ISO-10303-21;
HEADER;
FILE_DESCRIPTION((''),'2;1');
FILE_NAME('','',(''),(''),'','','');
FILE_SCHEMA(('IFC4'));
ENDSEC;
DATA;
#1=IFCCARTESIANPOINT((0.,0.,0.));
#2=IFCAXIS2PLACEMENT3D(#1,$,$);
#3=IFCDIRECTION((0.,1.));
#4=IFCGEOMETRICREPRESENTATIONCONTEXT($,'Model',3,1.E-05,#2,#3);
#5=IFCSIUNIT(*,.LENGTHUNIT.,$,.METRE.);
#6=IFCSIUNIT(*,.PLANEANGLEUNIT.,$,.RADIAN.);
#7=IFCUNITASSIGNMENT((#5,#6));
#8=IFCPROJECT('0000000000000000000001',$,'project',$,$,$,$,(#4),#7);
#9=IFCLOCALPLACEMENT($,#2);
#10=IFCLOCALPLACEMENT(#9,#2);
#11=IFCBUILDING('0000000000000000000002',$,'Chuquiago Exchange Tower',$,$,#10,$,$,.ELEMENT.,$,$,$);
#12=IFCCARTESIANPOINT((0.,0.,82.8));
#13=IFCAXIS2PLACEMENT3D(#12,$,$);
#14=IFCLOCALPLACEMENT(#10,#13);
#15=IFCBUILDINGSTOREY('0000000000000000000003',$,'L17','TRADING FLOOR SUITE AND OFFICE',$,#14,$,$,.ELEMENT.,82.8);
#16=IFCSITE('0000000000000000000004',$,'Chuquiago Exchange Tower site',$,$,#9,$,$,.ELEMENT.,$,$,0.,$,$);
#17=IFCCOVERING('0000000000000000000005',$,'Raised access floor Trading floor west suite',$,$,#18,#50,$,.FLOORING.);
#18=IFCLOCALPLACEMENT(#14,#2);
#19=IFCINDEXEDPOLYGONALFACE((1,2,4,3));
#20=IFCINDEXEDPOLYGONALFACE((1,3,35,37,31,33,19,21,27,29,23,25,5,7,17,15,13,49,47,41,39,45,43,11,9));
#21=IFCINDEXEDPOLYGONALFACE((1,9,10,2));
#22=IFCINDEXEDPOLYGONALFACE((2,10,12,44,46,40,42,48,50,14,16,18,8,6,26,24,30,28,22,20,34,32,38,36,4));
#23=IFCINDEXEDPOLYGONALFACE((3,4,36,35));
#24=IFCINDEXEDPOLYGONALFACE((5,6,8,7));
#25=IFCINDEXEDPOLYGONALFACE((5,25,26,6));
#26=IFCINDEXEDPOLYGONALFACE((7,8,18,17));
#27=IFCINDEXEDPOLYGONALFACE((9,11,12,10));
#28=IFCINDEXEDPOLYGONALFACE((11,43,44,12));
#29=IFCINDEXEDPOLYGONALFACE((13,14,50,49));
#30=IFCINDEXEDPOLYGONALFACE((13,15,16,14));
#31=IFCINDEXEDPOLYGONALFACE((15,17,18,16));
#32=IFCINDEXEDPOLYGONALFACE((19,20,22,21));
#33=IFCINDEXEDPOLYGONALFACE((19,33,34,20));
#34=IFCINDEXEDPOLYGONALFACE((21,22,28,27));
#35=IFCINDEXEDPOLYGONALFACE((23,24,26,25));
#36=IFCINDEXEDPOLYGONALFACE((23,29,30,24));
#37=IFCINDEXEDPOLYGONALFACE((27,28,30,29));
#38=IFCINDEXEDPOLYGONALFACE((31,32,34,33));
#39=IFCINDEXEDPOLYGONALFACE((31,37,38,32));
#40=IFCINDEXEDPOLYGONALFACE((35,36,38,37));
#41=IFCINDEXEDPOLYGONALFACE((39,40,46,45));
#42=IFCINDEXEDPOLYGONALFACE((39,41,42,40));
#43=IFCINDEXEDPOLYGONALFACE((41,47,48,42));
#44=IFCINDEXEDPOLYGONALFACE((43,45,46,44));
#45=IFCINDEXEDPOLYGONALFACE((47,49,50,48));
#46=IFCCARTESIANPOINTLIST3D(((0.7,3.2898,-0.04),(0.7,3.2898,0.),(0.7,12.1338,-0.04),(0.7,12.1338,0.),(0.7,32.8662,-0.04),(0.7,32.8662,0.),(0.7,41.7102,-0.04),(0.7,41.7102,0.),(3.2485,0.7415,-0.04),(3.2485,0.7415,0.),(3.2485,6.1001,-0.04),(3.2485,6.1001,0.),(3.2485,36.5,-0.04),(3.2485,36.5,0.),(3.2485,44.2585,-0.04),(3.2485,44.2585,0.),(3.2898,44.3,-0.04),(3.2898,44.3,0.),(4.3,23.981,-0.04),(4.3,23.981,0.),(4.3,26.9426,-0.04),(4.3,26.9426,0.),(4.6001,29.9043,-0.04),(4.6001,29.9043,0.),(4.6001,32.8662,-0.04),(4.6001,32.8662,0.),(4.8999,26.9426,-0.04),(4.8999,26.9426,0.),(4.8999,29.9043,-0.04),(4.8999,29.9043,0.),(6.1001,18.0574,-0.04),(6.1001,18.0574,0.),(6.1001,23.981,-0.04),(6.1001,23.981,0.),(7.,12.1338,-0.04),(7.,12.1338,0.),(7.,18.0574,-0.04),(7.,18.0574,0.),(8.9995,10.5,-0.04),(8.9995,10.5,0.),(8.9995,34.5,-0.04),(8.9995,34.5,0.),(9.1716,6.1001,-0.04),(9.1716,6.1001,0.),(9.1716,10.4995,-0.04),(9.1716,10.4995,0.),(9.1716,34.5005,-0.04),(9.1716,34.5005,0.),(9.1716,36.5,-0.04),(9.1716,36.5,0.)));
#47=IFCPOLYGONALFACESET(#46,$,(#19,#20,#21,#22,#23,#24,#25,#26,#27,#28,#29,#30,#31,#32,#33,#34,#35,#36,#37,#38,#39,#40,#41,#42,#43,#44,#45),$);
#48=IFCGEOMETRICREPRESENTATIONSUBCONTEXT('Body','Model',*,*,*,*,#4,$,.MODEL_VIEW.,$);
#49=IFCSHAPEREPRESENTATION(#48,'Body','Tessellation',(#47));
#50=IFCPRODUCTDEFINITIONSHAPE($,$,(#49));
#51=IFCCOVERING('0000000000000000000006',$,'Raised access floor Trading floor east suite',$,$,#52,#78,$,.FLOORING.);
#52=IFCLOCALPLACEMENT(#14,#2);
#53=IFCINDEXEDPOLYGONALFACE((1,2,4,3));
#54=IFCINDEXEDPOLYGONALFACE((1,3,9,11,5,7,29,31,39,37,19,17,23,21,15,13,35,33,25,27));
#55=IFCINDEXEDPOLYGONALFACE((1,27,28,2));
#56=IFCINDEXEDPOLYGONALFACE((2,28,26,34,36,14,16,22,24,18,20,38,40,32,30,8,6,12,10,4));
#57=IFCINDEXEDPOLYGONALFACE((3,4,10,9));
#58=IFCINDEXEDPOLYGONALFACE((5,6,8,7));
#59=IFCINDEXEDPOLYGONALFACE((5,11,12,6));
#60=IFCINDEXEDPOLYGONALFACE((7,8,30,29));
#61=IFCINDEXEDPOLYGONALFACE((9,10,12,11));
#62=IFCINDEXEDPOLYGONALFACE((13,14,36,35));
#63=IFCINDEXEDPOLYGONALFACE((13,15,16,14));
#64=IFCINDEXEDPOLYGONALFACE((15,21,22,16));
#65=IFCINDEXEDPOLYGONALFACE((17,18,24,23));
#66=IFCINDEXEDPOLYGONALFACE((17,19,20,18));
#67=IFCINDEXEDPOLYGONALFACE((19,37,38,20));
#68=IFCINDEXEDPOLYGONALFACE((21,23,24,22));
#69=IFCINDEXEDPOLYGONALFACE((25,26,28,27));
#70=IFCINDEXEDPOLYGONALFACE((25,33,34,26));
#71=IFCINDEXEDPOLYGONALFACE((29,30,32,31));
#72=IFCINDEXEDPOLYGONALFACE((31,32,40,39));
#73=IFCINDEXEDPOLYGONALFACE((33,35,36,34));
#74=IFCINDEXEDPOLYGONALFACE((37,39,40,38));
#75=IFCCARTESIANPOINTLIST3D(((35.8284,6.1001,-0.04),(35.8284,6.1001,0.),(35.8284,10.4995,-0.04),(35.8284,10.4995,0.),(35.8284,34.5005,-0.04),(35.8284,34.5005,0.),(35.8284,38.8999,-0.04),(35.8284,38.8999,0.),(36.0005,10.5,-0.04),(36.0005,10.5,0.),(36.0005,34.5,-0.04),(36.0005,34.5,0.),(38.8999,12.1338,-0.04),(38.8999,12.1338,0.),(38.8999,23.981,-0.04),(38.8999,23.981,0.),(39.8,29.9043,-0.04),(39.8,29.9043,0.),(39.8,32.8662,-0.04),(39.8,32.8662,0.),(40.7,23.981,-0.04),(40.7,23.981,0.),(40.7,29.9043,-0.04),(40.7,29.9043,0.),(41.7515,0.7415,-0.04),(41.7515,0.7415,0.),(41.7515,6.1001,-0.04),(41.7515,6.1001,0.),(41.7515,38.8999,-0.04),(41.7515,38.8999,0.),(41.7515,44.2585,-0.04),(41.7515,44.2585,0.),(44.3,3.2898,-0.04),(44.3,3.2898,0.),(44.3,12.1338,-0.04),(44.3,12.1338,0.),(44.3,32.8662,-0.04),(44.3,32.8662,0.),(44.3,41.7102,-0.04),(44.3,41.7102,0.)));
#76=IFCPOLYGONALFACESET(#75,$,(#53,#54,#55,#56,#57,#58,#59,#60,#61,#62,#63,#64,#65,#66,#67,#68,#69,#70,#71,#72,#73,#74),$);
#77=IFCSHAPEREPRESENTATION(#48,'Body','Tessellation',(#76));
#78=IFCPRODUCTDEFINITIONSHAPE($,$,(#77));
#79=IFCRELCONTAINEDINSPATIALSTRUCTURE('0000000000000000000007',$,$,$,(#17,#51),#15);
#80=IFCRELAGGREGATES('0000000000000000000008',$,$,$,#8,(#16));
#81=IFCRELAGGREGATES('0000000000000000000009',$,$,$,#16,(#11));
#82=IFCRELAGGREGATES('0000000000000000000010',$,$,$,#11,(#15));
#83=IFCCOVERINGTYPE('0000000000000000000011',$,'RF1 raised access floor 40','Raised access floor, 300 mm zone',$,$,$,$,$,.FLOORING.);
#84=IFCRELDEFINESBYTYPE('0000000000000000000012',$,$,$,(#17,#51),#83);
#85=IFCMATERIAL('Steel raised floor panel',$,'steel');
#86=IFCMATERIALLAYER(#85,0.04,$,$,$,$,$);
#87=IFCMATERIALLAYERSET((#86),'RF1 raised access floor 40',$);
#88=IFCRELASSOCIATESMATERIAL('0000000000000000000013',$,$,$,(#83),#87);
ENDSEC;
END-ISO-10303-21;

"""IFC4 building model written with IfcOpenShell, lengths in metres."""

from ifc_helpers import new_model, si_unit, direction, frame, origin, place, context, subcontext, project, spatial, polyline, outline, extrude, material, layer, layer_set, type_object, element, save


model = new_model("IFC4")

# Units and contexts
model_context = context("Model", 3, precision=1e-05, world=origin(), true_north=direction((0.0, 1.0)))
body_context = subcontext(model_context, "Body", "Model", "MODEL_VIEW")
ifc_project = project(units=[si_unit("LENGTHUNIT", "METRE"), si_unit("PLANEANGLEUNIT", "RADIAN")], contexts=[model_context])

# Site, building, storey
site_placement = place(None, origin())
site = spatial("IfcSite", under=ifc_project, at=site_placement, Name="Chuquiago Exchange Tower site", CompositionType="ELEMENT", RefElevation=0.0)
building_placement = place(site_placement, origin())
building = spatial("IfcBuilding", under=site, at=building_placement, Name="Chuquiago Exchange Tower", CompositionType="ELEMENT")
storey_placement = place(building_placement, frame((0.0, 0.0, 82.8)))
storey = spatial("IfcBuildingStorey", under=building, at=storey_placement, Name="L17", Description="TRADING FLOOR SUITE AND OFFICE", CompositionType="ELEMENT", Elevation=82.8)

# Coverings
ifc_material_1 = material(Name="Steel raised floor panel", Category="steel")
ifc_layer_1 = layer(ifc_material_1, 0.04)
ifc_layer_set_1 = layer_set([ifc_layer_1], Name="RF1 raised access floor 40")
covering_type_1 = type_object("IfcCoveringType", Name="RF1 raised access floor 40", Description="Raised access floor, 300 mm zone", PredefinedType="FLOORING", material=ifc_layer_set_1)
covering_1_placement = place(storey_placement, frame((0.0, 0.0, -0.04)))
element("IfcCovering", 1, at=covering_1_placement, inside=storey, type_object=covering_type_1, Name="Raised access floor Trading floor west suite", PredefinedType="FLOORING", context=body_context, shape_type="SweptSolid", body=[
    extrude(outline(polyline([(7.0, 18.0574), (6.1001, 18.0574), (6.1001, 23.981), (4.3, 23.981), (4.3, 26.9426), (4.8999, 26.9426), (4.8999, 29.9043), (4.6001, 29.9043), (4.6001, 32.8662), (0.7, 32.8662), (0.7, 41.7102), (3.2898, 44.3), (3.2485, 44.2585), (3.2485, 36.5), (9.1716, 36.5), (9.1716, 34.5005), (8.9995, 34.5), (8.9995, 10.5), (9.1716, 10.4995), (9.1716, 6.1001), (3.2485, 6.1001), (3.2485, 0.7415), (0.7, 3.2898), (0.7, 12.1338), (7.0, 12.1338), (7.0, 18.0574)])), origin(), (0.0, 0.0, 1.0), 0.04),
])
covering_2_placement = place(storey_placement, frame((0.0, 0.0, -0.04)))
element("IfcCovering", 2, at=covering_2_placement, inside=storey, type_object=covering_type_1, Name="Raised access floor Trading floor east suite", PredefinedType="FLOORING", context=body_context, shape_type="SweptSolid", body=[
    extrude(outline(polyline([(35.8284, 38.8999), (41.7515, 38.8999), (41.7515, 44.2585), (44.3, 41.7102), (44.3, 32.8662), (39.8, 32.8662), (39.8, 29.9043), (40.7, 29.9043), (40.7, 23.981), (38.8999, 23.981), (38.8999, 12.1338), (44.3, 12.1338), (44.3, 3.2898), (41.7515, 0.7415), (41.7515, 6.1001), (35.8284, 6.1001), (35.8284, 10.4995), (36.0005, 10.5), (36.0005, 34.5), (35.8284, 34.5005), (35.8284, 38.8999)])), origin(), (0.0, 0.0, 1.0), 0.04),
])

save(model, "model.ifc")
